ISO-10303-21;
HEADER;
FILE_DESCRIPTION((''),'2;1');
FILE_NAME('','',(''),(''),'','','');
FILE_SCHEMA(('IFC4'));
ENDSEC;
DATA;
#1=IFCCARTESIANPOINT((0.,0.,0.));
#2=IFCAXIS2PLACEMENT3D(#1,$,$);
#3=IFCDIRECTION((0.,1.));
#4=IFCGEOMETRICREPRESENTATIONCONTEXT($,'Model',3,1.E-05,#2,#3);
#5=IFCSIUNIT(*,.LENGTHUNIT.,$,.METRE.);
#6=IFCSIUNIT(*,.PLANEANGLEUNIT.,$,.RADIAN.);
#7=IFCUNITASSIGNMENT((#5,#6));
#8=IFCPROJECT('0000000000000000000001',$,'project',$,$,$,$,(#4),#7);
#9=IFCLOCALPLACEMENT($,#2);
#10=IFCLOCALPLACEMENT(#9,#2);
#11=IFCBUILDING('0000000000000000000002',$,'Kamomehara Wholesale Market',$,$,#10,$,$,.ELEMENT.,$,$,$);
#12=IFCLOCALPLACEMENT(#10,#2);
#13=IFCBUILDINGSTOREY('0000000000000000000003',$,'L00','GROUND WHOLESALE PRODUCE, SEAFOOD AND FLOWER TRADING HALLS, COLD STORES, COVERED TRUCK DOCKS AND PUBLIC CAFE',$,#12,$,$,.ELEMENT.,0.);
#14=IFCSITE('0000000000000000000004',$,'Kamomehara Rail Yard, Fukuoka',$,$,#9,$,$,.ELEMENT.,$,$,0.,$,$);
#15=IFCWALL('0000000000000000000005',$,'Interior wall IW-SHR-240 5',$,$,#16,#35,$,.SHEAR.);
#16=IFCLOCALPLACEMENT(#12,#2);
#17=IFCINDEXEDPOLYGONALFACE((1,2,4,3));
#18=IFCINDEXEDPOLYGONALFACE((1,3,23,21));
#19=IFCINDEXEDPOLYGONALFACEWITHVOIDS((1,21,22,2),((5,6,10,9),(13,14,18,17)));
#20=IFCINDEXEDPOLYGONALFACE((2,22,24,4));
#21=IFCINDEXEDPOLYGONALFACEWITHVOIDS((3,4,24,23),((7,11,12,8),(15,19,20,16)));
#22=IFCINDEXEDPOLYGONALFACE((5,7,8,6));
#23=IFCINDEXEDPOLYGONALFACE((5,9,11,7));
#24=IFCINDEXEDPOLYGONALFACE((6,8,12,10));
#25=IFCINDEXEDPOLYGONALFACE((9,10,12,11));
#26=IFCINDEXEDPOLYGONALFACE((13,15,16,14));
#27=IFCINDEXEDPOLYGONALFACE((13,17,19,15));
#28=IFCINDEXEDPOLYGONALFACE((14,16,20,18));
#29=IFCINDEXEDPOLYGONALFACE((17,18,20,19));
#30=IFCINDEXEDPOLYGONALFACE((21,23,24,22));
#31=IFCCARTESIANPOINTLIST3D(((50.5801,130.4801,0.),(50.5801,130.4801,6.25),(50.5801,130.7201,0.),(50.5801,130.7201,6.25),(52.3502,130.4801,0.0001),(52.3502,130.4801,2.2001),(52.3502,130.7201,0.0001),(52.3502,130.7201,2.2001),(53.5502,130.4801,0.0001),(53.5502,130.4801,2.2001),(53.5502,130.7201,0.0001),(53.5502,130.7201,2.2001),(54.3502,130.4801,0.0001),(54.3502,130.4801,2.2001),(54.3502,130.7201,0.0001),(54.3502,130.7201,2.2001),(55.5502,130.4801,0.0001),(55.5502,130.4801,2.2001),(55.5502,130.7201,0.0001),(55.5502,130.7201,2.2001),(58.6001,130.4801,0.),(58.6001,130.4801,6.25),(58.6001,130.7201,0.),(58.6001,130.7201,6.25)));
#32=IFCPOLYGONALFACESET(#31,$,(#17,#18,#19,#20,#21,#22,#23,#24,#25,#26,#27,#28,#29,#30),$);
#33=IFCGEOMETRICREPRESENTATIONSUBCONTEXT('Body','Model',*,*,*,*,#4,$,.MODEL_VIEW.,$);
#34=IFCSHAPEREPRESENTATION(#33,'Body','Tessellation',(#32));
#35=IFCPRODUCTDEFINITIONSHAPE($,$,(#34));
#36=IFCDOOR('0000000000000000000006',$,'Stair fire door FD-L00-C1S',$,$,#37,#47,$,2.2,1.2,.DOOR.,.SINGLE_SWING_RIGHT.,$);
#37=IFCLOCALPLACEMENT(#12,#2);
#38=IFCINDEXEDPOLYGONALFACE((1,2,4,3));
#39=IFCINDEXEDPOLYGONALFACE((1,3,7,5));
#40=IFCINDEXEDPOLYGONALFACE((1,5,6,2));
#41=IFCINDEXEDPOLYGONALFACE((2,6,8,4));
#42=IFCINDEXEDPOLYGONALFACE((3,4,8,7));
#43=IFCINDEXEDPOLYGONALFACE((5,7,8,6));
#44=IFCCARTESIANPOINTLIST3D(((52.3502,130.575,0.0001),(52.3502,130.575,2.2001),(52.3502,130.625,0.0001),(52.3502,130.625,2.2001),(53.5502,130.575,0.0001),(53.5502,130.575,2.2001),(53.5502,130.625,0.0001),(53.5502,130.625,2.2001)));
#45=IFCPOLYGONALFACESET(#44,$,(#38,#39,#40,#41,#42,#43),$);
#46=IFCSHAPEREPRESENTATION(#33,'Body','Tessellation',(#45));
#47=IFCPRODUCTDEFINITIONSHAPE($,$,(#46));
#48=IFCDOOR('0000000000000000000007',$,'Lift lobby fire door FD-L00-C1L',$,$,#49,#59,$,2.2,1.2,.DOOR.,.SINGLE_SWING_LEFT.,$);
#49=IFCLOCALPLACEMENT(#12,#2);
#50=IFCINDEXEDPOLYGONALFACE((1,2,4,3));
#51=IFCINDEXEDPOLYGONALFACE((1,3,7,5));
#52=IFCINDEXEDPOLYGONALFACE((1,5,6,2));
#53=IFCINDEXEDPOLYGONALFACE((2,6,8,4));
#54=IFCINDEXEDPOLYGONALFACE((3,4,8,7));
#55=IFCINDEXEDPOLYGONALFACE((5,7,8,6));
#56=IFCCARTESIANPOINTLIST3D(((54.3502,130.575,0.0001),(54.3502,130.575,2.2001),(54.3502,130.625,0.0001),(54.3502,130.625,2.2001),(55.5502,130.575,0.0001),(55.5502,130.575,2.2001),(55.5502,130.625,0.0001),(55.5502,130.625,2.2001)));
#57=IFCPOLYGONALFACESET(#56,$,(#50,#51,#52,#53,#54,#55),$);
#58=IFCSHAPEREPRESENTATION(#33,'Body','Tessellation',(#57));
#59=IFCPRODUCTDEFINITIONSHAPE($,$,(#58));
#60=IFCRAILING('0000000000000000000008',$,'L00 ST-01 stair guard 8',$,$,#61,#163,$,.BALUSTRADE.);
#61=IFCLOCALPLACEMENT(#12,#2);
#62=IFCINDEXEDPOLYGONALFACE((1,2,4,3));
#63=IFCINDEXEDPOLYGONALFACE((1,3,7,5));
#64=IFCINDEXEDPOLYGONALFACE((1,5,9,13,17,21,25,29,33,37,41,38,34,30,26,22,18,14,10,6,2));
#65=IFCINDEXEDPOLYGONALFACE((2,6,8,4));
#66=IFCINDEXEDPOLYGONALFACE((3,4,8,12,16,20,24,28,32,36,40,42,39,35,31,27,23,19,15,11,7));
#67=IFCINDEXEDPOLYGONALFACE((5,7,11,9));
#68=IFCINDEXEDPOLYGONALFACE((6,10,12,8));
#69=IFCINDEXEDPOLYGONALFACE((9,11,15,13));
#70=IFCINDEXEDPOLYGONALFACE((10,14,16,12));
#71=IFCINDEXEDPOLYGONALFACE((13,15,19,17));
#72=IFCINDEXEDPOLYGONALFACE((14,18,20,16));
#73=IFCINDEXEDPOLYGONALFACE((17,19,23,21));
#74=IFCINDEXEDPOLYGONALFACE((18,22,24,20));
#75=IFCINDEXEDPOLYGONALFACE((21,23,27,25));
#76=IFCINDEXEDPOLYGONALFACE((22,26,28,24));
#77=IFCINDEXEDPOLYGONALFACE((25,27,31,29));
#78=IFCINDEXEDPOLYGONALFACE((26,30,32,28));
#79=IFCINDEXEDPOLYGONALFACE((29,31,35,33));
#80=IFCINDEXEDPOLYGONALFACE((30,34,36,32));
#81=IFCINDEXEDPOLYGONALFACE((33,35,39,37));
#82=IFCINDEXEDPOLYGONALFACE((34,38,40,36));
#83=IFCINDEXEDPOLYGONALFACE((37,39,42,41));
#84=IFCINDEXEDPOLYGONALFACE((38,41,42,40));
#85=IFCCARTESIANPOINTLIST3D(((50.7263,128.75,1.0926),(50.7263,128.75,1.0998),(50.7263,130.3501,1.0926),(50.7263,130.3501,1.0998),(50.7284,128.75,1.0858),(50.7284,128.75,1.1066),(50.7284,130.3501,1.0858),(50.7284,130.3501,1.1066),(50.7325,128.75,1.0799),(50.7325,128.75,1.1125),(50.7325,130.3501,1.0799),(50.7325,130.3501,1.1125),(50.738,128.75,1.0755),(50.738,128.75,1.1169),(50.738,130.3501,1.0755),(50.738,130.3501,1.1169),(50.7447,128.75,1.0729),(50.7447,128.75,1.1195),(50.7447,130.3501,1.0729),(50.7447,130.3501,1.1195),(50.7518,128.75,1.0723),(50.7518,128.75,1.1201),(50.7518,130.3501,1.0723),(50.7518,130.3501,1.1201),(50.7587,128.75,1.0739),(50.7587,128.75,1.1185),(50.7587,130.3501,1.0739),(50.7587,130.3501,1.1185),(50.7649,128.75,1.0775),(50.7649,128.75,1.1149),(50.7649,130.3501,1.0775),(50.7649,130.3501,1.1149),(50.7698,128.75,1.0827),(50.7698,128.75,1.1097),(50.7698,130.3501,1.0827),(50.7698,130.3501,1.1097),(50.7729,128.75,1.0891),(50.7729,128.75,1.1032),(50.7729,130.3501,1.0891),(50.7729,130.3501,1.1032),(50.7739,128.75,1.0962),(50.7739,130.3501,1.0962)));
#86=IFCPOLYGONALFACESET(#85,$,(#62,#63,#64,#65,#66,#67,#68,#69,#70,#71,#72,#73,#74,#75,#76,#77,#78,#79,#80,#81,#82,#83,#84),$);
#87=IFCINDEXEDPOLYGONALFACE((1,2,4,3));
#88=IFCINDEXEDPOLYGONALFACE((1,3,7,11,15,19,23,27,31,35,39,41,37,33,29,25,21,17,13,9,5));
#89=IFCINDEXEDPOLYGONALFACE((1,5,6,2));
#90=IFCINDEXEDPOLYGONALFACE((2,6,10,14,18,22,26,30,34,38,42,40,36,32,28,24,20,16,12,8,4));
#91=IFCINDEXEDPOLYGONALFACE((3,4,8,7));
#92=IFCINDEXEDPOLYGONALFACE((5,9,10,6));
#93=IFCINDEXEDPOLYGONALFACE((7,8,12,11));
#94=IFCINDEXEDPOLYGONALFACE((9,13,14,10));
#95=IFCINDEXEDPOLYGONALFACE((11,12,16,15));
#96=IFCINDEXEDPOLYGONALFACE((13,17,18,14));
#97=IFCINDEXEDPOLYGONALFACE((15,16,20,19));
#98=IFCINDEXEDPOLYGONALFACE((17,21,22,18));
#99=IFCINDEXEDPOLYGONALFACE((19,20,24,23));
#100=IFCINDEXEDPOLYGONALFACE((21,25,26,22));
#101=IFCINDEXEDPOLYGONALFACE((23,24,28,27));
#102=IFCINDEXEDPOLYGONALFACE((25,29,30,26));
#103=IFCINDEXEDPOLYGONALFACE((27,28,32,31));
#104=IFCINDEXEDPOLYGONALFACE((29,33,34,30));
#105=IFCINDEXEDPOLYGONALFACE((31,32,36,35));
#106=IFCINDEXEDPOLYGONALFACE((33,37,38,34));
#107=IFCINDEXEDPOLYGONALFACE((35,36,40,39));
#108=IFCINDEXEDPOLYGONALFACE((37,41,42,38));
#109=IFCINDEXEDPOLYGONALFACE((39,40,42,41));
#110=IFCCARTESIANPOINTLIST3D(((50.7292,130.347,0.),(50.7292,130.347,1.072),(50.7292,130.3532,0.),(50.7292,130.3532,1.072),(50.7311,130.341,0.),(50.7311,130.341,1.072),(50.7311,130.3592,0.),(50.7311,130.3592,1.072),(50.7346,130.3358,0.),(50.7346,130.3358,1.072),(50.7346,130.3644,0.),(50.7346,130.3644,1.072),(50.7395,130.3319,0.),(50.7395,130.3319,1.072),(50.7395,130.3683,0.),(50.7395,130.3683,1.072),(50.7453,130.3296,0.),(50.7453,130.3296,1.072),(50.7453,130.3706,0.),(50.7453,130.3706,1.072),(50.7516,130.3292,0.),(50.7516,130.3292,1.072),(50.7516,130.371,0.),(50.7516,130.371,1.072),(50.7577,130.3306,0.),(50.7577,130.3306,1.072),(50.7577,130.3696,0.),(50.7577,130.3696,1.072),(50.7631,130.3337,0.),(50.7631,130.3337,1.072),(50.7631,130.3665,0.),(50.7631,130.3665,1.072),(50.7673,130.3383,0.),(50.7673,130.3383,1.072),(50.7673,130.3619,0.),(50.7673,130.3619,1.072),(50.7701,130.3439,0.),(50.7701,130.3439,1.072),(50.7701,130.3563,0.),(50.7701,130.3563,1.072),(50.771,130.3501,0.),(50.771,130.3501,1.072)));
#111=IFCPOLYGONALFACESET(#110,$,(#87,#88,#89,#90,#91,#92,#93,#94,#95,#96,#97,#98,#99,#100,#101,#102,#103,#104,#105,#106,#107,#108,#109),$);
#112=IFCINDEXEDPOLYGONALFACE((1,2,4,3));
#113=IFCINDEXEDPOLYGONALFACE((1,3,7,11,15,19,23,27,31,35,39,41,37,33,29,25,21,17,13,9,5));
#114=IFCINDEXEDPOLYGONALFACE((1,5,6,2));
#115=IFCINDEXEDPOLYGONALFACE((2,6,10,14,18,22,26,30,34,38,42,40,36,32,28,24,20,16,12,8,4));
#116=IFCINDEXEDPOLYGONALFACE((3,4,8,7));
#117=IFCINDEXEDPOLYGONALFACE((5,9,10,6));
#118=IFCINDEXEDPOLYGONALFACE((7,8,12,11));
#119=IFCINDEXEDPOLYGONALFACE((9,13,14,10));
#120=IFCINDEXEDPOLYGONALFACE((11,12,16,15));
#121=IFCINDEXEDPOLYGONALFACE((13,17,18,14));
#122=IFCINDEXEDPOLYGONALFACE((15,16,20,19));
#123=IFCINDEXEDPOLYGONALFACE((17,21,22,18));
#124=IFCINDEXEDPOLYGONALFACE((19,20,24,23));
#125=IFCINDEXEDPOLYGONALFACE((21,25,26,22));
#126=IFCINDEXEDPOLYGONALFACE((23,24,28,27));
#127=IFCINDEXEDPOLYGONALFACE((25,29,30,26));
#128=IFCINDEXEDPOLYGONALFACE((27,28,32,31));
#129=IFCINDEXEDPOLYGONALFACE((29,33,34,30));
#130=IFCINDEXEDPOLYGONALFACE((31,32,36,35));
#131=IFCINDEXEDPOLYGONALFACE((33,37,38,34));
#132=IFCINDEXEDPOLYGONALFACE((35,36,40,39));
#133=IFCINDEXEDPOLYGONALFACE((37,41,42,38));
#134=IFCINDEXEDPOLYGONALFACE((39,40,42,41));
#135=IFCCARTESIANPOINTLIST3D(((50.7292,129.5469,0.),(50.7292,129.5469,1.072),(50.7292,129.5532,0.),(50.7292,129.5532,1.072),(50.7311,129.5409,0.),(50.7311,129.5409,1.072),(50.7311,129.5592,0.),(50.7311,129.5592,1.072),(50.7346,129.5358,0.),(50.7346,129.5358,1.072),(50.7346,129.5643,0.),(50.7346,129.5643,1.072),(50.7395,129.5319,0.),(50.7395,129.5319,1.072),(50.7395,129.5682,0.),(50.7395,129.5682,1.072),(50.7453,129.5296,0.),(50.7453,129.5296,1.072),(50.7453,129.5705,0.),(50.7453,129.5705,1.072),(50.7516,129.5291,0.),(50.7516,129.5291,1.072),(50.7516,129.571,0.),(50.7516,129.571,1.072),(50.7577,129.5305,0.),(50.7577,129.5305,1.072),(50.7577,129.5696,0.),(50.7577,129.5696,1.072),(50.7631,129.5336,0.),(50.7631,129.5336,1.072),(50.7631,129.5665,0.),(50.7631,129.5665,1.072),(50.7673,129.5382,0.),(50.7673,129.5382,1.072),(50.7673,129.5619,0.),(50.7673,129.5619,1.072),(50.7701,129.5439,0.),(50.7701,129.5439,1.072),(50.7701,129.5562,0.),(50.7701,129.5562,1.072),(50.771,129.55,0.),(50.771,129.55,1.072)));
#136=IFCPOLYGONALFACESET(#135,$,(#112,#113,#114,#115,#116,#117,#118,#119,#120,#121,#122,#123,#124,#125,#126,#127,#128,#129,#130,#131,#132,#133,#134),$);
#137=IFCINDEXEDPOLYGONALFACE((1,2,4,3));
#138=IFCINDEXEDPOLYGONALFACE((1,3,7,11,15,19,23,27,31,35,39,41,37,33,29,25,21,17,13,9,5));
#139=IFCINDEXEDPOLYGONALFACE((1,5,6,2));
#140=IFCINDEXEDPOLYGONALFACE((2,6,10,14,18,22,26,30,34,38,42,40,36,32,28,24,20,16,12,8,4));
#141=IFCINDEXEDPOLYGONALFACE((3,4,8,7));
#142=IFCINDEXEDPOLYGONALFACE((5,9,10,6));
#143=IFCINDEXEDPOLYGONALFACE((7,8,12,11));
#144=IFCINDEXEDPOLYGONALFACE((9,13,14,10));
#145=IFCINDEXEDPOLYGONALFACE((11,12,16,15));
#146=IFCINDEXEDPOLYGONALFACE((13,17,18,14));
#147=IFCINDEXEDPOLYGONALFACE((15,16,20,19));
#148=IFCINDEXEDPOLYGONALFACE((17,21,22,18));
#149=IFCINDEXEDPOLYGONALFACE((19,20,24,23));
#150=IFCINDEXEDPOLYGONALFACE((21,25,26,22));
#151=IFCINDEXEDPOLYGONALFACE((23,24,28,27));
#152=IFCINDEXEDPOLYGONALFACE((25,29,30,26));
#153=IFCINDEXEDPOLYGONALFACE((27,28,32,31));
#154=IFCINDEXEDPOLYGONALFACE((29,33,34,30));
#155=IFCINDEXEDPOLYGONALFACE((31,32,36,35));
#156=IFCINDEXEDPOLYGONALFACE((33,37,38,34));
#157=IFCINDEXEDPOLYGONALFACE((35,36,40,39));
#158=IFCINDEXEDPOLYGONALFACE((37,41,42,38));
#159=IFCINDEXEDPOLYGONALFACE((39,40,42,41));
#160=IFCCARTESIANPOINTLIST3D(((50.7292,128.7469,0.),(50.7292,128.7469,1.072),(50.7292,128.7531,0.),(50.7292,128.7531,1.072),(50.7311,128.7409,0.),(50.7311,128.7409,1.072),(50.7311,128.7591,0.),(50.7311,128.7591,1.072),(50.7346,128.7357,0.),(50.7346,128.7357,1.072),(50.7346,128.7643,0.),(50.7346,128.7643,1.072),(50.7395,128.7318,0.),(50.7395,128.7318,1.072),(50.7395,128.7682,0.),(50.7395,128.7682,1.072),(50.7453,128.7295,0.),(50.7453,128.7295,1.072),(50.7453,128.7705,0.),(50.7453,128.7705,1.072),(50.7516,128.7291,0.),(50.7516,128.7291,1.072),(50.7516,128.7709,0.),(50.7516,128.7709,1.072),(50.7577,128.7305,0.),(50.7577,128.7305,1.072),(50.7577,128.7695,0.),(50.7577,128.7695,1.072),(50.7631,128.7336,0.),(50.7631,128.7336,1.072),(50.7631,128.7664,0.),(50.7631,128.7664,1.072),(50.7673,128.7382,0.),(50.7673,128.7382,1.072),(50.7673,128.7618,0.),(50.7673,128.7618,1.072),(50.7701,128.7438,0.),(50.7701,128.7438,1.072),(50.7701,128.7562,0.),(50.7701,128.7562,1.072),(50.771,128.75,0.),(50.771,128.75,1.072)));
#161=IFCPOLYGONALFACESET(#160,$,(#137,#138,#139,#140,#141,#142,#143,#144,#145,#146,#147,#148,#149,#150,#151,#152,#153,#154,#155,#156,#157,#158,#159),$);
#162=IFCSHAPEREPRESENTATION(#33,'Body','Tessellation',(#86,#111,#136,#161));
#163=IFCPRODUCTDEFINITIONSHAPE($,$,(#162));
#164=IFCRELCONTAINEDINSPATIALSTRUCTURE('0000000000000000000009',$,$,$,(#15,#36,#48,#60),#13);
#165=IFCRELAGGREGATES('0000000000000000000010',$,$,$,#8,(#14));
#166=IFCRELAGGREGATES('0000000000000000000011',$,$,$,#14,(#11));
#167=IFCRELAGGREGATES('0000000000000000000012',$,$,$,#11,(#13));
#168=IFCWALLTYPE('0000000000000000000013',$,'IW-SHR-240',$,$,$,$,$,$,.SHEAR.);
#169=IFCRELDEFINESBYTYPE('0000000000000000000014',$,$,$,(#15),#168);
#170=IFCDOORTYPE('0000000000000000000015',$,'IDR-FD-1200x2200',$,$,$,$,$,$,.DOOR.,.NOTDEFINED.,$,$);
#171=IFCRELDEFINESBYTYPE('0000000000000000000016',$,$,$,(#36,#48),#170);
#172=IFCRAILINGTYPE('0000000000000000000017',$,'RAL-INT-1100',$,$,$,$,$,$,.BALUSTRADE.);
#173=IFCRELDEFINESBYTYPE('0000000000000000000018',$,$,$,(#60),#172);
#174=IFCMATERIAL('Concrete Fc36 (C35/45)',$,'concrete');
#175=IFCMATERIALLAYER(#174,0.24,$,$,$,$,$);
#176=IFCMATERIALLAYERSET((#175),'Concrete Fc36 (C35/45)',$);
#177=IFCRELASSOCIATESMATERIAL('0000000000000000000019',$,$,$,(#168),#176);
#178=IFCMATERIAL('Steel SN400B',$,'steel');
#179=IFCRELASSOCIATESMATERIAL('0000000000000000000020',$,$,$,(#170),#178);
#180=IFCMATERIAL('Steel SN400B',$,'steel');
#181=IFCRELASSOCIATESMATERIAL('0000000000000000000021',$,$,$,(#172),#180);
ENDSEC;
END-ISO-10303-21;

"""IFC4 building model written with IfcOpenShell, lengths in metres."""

from ifc_helpers import new_model, si_unit, direction, frame, frame_2d, origin, origin_2d, place, context, subcontext, project, spatial, rectangle, circle, extrude, material, layer, layer_set, type_object, element, fill, save


model = new_model("IFC4")

# Units and contexts
model_context = context("Model", 3, precision=1e-05, world=origin(), true_north=direction((0.0, 1.0)))
body_context = subcontext(model_context, "Body", "Model", "MODEL_VIEW")
ifc_project = project(units=[si_unit("LENGTHUNIT", "METRE"), si_unit("PLANEANGLEUNIT", "RADIAN")], contexts=[model_context])

# Site, building, storey
site_placement = place(None, origin())
site = spatial("IfcSite", under=ifc_project, at=site_placement, Name="Kamomehara Rail Yard, Fukuoka", CompositionType="ELEMENT", RefElevation=0.0)
building_placement = place(site_placement, origin())
building = spatial("IfcBuilding", under=site, at=building_placement, Name="Kamomehara Wholesale Market", CompositionType="ELEMENT")
storey_placement = place(building_placement, origin())
storey = spatial("IfcBuildingStorey", under=building, at=storey_placement, Name="L00", Description="GROUND WHOLESALE PRODUCE, SEAFOOD AND FLOWER TRADING HALLS, COLD STORES, COVERED TRUCK DOCKS AND PUBLIC CAFE", CompositionType="ELEMENT", Elevation=0.0)

# Shared definitions
ifc_material_1 = material(Name="Concrete Fc36 (C35/45)", Category="concrete")
ifc_layer_1 = layer(ifc_material_1, 0.24)
ifc_layer_set_1 = layer_set([ifc_layer_1], Name="Concrete Fc36 (C35/45)")
wall_type_1 = type_object("IfcWallType", Name="IW-SHR-240", PredefinedType="SHEAR", material=ifc_layer_set_1)

# Wall, openings, doors
wall_1_placement = place(storey_placement, frame((50.5801, 130.6001, 0.0), z_axis=(0.0, 0.0, 1.0), x_axis=(1.0, 0.0, 0.0)))
wall_1 = element("IfcWall", 1, at=wall_1_placement, inside=storey, type_object=wall_type_1, Name="Interior wall IW-SHR-240 5", PredefinedType="SHEAR", context=body_context, shape_type="SweptSolid", body=[
    extrude(rectangle(XDim=8.02, YDim=0.24, at=frame_2d((4.01, 0.0))), origin(), (0.0, 0.0, 1.0), 6.25),
])
opening_1_placement = place(wall_1_placement, frame((1.77, 0.0, 0.0)))
opening_1 = element("IfcOpeningElement", 2, at=opening_1_placement, cuts=wall_1, PredefinedType="OPENING", context=body_context, shape_type="SweptSolid", body=[
    extrude(rectangle(XDim=1.2, YDim=2.2, at=frame_2d((0.6001, 1.1001))), frame((0.0, 0.1348, 0.0), z_axis=(0.0, -1.0, 0.0), x_axis=(1.0, 0.0, 0.0)), (0.0, 0.0, 1.0), 0.2698),
])
opening_2_placement = place(wall_1_placement, frame((3.77, 0.0, 0.0)))
opening_2 = element("IfcOpeningElement", 3, at=opening_2_placement, cuts=wall_1, PredefinedType="OPENING", context=body_context, shape_type="SweptSolid", body=[
    extrude(rectangle(XDim=1.2, YDim=2.2, at=frame_2d((0.6001, 1.1001))), frame((0.0, 0.1348, 0.0), z_axis=(0.0, -1.0, 0.0), x_axis=(1.0, 0.0, 0.0)), (0.0, 0.0, 1.0), 0.2698),
])
ifc_material_2 = material(Name="Steel SN400B", Category="steel")
door_type_1 = type_object("IfcDoorType", Name="IDR-FD-1200x2200", OperationType="NOTDEFINED", PredefinedType="DOOR", material=ifc_material_2)
door_1_placement = place(opening_1_placement, origin())
door_1 = element("IfcDoor", 4, at=door_1_placement, inside=storey, type_object=door_type_1, Name="Stair fire door FD-L00-C1S", OperationType="SINGLE_SWING_RIGHT", OverallHeight=2.2, OverallWidth=1.2, PredefinedType="DOOR", context=body_context, shape_type="SweptSolid", body=[
    extrude(rectangle(XDim=1.2, YDim=2.2, at=frame_2d((0.6001, 1.1001))), frame((0.0, 0.0249, 0.0), z_axis=(0.0, -1.0, 0.0), x_axis=(1.0, 0.0, 0.0)), (0.0, 0.0, 1.0), 0.05),
])
fill(opening_1, door_1)
door_2_placement = place(opening_2_placement, origin())
door_2 = element("IfcDoor", 5, at=door_2_placement, inside=storey, type_object=door_type_1, Name="Lift lobby fire door FD-L00-C1L", OperationType="SINGLE_SWING_LEFT", OverallHeight=2.2, OverallWidth=1.2, PredefinedType="DOOR", context=body_context, shape_type="SweptSolid", body=[
    extrude(rectangle(XDim=1.2, YDim=2.2, at=frame_2d((0.6001, 1.1001))), frame((0.0, 0.0249, 0.0), z_axis=(0.0, -1.0, 0.0), x_axis=(1.0, 0.0, 0.0)), (0.0, 0.0, 1.0), 0.05),
])
fill(opening_2, door_2)

# Railing
ifc_material_3 = material(Name="Steel SN400B", Category="steel")
railing_type = type_object("IfcRailingType", Name="RAL-INT-1100", PredefinedType="BALUSTRADE", material=ifc_material_3)
railing_placement = place(storey_placement, frame((50.75, 130.3501, 0.0)))
element("IfcRailing", 6, at=railing_placement, inside=storey, type_object=railing_type, Name="L00 ST-01 stair guard 8", PredefinedType="BALUSTRADE", context=body_context, shape_type="SweptSolid", body=[
    extrude(circle(Radius=0.0239, at=origin_2d()), frame((0.0, 0.0, 1.0962), z_axis=(0.0, -1.0, 0.0), x_axis=(1.0, 0.0, 0.0)), (0.0, 0.0, 1.0), 1.6001),
    extrude(circle(Radius=0.021, at=origin_2d()), origin(), (0.0, 0.0, 1.0), 1.072),
    extrude(circle(Radius=0.021, at=origin_2d()), frame((0.0, -0.8, 0.0)), (0.0, 0.0, 1.0), 1.072),
    extrude(circle(Radius=0.021, at=origin_2d()), frame((0.0, -1.6001, 0.0)), (0.0, 0.0, 1.0), 1.072),
])

save(model, "model.ifc")
